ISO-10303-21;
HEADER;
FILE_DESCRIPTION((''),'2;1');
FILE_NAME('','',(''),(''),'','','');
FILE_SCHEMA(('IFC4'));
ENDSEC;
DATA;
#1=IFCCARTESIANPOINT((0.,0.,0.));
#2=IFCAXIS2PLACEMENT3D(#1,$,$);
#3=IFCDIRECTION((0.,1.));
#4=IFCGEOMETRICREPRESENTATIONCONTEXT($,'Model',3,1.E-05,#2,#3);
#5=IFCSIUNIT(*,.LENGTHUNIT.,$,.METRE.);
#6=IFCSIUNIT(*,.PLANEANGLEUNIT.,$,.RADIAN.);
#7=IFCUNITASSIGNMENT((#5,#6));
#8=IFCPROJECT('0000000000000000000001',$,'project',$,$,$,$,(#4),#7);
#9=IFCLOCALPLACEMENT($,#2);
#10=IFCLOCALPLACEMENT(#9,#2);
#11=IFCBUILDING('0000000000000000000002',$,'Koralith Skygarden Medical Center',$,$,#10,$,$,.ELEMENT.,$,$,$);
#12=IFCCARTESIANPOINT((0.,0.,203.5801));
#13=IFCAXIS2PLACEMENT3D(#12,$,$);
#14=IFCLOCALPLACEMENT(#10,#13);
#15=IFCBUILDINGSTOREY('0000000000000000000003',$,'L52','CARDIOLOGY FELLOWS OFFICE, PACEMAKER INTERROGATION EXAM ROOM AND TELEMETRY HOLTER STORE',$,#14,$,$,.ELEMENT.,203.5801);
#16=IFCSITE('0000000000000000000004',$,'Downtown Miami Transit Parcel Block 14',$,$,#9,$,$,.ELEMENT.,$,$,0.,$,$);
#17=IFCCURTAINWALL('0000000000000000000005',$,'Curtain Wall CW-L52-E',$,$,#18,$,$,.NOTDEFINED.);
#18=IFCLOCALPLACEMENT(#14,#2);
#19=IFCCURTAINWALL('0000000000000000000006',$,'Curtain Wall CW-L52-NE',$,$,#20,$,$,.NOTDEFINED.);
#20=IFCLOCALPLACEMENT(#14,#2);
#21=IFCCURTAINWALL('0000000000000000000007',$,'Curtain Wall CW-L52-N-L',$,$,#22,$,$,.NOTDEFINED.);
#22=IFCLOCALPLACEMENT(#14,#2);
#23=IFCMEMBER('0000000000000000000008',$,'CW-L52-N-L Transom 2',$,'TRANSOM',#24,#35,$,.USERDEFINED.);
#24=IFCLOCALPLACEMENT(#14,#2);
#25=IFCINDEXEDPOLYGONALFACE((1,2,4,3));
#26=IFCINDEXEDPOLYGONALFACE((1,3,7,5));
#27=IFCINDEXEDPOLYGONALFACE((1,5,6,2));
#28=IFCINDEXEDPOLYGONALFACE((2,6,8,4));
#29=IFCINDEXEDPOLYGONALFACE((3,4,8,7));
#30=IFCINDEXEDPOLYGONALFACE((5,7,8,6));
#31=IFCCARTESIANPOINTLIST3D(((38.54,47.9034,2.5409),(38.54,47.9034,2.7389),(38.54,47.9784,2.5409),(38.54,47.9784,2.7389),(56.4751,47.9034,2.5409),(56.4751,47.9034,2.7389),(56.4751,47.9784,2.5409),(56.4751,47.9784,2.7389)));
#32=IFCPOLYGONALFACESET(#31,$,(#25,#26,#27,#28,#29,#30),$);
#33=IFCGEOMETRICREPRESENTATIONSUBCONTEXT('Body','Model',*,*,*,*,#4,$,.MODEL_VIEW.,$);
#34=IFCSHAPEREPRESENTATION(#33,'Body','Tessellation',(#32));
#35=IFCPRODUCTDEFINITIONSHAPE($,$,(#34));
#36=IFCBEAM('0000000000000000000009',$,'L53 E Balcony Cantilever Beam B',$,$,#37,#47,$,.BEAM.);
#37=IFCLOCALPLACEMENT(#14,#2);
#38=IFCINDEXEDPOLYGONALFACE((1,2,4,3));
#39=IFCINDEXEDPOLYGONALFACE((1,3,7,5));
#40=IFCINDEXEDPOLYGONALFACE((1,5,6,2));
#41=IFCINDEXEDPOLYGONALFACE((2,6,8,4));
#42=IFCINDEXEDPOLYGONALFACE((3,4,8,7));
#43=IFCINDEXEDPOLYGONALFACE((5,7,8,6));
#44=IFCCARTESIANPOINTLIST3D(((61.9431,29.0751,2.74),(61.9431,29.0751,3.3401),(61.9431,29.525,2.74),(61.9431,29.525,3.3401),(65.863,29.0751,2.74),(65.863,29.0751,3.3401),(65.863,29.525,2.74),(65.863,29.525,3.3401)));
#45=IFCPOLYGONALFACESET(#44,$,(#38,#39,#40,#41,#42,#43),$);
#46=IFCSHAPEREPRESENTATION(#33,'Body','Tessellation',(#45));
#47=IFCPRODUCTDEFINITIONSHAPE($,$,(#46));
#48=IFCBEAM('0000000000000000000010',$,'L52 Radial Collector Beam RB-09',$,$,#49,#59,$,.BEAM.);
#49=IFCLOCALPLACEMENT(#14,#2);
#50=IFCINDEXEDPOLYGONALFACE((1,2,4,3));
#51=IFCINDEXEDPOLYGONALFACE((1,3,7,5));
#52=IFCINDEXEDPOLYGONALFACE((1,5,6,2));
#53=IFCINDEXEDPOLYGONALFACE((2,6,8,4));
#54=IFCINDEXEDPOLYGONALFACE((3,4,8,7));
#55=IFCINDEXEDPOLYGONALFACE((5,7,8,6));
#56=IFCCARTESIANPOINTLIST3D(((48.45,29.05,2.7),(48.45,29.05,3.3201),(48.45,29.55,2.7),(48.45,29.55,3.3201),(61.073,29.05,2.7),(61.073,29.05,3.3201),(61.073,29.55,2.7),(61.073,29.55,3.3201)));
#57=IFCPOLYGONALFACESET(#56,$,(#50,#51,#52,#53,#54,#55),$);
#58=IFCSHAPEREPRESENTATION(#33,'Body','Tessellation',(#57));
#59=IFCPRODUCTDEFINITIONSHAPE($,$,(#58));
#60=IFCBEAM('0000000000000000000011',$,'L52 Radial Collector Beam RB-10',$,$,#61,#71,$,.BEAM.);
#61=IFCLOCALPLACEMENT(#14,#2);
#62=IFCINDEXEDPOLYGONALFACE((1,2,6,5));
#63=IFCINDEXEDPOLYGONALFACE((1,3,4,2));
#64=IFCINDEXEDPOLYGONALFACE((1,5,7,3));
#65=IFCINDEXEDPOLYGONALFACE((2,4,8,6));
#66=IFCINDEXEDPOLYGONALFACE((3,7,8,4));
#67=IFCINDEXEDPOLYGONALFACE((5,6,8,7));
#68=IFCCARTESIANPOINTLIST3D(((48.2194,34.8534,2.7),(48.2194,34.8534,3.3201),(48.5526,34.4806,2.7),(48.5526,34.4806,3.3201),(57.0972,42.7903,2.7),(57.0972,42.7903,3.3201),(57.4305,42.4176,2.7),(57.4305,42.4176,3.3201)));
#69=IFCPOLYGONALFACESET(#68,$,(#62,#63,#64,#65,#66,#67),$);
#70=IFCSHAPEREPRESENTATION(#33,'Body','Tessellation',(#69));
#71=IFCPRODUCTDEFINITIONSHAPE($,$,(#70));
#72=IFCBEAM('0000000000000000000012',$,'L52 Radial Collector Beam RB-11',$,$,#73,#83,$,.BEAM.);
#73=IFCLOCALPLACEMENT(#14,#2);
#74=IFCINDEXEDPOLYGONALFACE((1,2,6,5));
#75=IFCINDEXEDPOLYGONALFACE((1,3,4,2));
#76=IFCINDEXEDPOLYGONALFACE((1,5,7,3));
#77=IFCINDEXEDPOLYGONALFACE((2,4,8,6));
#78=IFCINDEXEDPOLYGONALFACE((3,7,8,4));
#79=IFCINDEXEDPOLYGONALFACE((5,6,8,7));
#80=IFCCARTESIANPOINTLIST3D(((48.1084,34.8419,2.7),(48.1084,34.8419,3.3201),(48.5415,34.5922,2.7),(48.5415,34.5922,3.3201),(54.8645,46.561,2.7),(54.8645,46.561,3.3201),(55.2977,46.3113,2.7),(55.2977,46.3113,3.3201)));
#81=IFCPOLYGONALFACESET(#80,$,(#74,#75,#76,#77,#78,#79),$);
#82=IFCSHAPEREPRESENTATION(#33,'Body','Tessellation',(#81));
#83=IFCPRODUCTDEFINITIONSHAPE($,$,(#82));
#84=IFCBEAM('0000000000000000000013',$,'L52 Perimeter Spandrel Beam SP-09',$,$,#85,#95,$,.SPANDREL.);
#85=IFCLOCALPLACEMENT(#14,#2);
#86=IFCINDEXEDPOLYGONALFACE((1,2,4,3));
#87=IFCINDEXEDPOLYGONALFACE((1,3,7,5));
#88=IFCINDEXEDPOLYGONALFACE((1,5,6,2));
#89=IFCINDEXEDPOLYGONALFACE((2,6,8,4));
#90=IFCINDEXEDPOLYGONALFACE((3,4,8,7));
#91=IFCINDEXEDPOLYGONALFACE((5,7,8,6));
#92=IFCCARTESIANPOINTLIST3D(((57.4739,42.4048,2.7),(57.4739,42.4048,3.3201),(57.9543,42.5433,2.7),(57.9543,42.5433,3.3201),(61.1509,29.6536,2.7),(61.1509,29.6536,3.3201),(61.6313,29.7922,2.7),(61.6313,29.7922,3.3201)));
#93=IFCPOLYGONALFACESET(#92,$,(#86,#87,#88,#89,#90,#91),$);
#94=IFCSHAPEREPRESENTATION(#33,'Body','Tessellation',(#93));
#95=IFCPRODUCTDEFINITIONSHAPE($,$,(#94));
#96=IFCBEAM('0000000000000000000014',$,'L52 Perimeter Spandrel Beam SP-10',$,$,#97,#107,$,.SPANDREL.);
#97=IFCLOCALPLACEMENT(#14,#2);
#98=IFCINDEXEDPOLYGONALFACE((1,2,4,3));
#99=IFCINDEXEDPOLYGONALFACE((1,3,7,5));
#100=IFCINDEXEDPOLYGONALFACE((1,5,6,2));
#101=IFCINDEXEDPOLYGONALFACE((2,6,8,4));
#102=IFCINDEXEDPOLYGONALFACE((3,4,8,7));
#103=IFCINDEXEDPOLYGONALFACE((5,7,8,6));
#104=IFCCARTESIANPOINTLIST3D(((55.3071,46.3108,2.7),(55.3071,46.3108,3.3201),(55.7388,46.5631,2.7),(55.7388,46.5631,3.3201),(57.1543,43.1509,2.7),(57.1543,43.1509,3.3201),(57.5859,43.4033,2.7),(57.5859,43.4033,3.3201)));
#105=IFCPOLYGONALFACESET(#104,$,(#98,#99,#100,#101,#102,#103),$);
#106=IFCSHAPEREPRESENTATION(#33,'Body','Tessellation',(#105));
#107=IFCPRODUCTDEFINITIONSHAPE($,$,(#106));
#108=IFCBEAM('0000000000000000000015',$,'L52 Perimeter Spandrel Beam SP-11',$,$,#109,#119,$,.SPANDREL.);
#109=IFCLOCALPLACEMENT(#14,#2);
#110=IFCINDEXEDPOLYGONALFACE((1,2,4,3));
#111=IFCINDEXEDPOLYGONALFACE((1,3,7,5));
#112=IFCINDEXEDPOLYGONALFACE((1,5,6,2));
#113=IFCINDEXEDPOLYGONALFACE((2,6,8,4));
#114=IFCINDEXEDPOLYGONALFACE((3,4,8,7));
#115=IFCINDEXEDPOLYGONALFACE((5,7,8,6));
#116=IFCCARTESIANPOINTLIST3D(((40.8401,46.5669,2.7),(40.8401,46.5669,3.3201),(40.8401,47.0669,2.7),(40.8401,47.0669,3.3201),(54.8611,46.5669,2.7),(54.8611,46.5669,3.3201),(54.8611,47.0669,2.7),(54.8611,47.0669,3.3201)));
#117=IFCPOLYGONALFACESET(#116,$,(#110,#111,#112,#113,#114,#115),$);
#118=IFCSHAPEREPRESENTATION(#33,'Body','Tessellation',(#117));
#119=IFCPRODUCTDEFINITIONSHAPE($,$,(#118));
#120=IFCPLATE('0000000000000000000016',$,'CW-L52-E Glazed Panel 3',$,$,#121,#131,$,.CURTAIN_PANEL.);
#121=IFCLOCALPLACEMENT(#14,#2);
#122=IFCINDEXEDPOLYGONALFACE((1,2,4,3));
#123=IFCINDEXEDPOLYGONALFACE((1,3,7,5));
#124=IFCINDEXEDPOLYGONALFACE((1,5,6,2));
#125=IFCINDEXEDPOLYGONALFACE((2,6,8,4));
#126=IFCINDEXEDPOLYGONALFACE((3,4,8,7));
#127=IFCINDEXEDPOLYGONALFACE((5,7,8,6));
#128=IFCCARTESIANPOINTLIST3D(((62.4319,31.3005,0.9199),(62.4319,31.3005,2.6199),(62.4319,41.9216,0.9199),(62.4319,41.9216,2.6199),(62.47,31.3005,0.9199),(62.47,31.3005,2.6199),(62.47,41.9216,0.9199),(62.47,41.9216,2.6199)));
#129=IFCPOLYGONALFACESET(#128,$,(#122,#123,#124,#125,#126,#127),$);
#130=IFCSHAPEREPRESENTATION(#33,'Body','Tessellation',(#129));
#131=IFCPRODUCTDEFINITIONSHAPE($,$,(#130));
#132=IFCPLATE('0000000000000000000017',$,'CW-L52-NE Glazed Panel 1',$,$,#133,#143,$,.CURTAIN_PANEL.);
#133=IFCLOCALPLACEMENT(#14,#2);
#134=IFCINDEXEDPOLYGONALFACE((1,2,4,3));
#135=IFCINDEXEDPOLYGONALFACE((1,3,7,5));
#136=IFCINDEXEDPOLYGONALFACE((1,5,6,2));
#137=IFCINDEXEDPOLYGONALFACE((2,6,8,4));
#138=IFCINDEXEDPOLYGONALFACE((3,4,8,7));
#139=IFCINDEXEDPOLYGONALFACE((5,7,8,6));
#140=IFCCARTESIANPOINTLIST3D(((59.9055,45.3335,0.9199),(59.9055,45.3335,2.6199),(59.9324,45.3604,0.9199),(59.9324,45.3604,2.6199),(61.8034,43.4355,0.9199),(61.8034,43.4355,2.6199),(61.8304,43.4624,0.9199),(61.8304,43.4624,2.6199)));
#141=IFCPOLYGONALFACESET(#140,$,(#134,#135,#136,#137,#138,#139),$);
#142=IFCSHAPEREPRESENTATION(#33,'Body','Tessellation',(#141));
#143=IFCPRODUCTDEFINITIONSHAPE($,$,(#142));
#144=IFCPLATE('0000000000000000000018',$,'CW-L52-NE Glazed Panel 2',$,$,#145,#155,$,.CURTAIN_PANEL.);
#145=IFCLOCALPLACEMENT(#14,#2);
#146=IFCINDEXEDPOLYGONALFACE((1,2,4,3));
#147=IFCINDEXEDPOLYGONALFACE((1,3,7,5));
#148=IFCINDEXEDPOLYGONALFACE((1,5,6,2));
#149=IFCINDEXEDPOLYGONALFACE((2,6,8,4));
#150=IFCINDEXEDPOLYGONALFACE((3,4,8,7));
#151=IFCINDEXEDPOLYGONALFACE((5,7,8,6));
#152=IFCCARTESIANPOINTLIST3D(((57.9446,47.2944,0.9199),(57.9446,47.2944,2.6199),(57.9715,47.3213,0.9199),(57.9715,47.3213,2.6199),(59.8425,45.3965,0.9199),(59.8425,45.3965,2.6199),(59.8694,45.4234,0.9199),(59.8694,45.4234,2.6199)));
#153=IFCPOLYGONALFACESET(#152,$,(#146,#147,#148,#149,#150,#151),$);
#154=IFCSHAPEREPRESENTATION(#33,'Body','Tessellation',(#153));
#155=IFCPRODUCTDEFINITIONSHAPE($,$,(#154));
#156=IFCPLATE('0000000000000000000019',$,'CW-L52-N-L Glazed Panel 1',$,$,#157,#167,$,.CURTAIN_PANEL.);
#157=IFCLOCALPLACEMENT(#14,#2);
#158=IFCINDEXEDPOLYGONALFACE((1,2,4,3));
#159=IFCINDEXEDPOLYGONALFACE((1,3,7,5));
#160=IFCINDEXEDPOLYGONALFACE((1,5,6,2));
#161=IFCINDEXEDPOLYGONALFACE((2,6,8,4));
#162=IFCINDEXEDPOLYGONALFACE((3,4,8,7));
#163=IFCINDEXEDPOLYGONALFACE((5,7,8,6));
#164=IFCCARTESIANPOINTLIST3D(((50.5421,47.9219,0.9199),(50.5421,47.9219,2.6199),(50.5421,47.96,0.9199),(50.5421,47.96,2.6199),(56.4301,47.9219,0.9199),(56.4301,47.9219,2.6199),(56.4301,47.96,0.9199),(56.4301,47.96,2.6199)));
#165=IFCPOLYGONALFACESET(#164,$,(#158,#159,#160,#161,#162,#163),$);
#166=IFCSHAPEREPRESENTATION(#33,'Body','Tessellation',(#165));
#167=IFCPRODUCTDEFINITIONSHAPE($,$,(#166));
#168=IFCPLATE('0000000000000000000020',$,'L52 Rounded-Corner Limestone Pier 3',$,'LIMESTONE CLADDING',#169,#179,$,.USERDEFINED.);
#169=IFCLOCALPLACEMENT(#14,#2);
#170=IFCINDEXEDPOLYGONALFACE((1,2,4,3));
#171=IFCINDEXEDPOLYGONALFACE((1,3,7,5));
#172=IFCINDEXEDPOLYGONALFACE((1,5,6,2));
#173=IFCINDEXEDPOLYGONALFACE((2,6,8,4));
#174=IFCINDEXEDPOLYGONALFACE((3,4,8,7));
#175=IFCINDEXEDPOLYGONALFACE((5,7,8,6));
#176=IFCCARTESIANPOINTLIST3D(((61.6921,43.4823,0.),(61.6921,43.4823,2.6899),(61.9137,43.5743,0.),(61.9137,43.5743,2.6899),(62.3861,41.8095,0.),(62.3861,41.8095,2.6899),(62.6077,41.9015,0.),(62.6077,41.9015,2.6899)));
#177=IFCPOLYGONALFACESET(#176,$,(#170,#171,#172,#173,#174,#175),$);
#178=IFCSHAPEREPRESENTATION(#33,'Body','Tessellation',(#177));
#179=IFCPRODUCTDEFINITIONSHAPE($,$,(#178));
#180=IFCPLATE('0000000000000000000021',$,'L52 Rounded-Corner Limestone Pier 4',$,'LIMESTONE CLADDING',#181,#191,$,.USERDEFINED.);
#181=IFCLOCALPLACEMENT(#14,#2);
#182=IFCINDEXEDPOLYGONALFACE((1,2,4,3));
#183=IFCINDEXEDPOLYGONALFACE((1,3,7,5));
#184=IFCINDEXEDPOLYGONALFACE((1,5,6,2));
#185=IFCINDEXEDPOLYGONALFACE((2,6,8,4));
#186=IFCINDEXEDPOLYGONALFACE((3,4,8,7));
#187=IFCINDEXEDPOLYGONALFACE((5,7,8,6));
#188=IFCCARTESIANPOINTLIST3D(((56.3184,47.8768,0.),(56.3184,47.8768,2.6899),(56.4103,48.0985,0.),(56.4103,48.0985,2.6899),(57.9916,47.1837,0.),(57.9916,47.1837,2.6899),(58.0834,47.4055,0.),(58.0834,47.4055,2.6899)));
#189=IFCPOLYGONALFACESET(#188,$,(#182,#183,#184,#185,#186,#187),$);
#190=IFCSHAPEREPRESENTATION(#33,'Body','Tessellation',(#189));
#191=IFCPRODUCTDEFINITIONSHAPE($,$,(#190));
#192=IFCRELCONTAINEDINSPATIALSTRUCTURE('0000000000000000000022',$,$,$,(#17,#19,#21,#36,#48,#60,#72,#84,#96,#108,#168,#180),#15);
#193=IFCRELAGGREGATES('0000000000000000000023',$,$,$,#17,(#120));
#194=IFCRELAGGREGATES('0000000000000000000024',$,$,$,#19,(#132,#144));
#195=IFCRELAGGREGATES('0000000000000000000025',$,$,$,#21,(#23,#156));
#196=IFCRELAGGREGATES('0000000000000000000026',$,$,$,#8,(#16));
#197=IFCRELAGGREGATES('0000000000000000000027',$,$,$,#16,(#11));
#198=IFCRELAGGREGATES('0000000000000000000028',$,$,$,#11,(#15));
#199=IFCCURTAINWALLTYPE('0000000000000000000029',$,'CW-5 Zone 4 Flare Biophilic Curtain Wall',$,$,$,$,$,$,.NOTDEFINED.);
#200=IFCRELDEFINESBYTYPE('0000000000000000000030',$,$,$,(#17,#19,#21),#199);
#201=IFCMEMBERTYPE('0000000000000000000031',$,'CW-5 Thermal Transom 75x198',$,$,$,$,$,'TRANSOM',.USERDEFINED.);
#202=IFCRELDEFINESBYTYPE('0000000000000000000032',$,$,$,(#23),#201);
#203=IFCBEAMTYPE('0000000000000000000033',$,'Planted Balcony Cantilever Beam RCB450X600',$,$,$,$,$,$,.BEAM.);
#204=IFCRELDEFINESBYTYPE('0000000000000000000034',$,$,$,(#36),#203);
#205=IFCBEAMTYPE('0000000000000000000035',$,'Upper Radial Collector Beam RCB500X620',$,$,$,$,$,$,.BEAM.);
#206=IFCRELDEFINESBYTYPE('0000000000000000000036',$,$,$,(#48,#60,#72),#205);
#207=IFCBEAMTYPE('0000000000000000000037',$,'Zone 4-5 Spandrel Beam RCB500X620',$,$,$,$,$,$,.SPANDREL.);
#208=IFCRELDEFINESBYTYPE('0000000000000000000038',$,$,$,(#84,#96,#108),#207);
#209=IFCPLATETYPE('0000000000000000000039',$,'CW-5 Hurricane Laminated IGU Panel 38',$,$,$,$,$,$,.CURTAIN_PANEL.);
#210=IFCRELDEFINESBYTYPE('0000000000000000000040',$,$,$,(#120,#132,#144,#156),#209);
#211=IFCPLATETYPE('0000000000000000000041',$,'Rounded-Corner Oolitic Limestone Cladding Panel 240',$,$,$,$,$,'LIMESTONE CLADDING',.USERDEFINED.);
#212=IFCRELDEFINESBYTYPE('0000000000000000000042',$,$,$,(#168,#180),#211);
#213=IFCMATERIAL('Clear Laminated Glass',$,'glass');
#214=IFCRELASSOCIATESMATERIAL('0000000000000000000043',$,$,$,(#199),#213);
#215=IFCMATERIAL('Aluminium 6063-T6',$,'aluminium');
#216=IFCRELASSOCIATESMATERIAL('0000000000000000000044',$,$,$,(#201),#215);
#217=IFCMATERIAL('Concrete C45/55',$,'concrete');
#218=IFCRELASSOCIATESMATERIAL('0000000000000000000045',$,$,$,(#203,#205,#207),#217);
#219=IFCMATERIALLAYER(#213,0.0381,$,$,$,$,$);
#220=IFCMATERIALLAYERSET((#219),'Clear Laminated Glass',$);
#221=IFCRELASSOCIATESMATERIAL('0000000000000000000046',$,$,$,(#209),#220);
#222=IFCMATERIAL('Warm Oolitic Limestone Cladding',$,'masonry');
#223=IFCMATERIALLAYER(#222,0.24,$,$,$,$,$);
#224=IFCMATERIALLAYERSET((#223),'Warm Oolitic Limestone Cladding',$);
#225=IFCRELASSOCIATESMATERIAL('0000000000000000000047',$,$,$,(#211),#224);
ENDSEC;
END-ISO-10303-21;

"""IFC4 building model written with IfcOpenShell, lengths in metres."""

from ifc_helpers import new_model, si_unit, direction, frame, origin, origin_2d, place, context, subcontext, project, spatial, rectangle, extrude, material, layer, layer_set, material_profile, profile_set, type_object, element, aggregate, save


model = new_model("IFC4")

# Units and contexts
model_context = context("Model", 3, precision=1e-05, world=origin(), true_north=direction((0.0, 1.0)))
body_context = subcontext(model_context, "Body", "Model", "MODEL_VIEW")
ifc_project = project(units=[si_unit("LENGTHUNIT", "METRE"), si_unit("PLANEANGLEUNIT", "RADIAN")], contexts=[model_context])

# Site, building, storey
site_placement = place(None, origin())
site = spatial("IfcSite", under=ifc_project, at=site_placement, Name="Downtown Miami Transit Parcel Block 14", CompositionType="ELEMENT", RefElevation=0.0)
building_placement = place(site_placement, origin())
building = spatial("IfcBuilding", under=site, at=building_placement, Name="Koralith Skygarden Medical Center", CompositionType="ELEMENT")
storey_placement = place(building_placement, frame((0.0, 0.0, 203.5801)))
storey = spatial("IfcBuildingStorey", under=building, at=storey_placement, Name="L52", Description="CARDIOLOGY FELLOWS OFFICE, PACEMAKER INTERROGATION EXAM ROOM AND TELEMETRY HOLTER STORE", CompositionType="ELEMENT", Elevation=203.5801)

# Curtain walls
ifc_material_1 = material(Name="Clear Laminated Glass", Category="glass")
curtain_wall_type = type_object("IfcCurtainWallType", Name="CW-5 Zone 4 Flare Biophilic Curtain Wall", PredefinedType="NOTDEFINED", material=ifc_material_1)
curtain_wall_1_placement = place(storey_placement, origin())
curtain_wall_1 = element("IfcCurtainWall", 1, at=curtain_wall_1_placement, inside=storey, type_object=curtain_wall_type, Name="Curtain Wall CW-L52-E", PredefinedType="NOTDEFINED")
ifc_material_2 = material(Name="Aluminium 6063-T6", Category="aluminium")
curtain_wall_2_placement = place(storey_placement, origin())
curtain_wall_2 = element("IfcCurtainWall", 2, at=curtain_wall_2_placement, inside=storey, type_object=curtain_wall_type, Name="Curtain Wall CW-L52-NE", PredefinedType="NOTDEFINED")
curtain_wall_3_placement = place(storey_placement, origin())
curtain_wall_3 = element("IfcCurtainWall", 3, at=curtain_wall_3_placement, inside=storey, type_object=curtain_wall_type, Name="Curtain Wall CW-L52-N-L", PredefinedType="NOTDEFINED")

# Member
ifc_material_profile_1 = material_profile(ifc_material_2, rectangle(XDim=0.075, YDim=0.198, at=origin_2d()), Name="TRN75X198")
ifc_profile_set_1 = profile_set([ifc_material_profile_1], Name="Aluminium 6063-T6")
member_type_1 = type_object("IfcMemberType", Name="CW-5 Thermal Transom 75x198", ElementType="TRANSOM", PredefinedType="USERDEFINED", material=ifc_profile_set_1)
member_1_placement = place(storey_placement, frame((56.4751, 47.9409, 2.6399), z_axis=(-1.0, 0.0, 0.0), x_axis=(0.0, -1.0, 0.0)))
member_1 = element("IfcMember", 4, at=member_1_placement, type_object=member_type_1, Name="CW-L52-N-L Transom 2", ObjectType="TRANSOM", PredefinedType="USERDEFINED", context=body_context, shape_type="SweptSolid", body=[
    extrude(rectangle(XDim=0.075, YDim=0.198, at=origin_2d()), origin(), (0.0, 0.0, 1.0), 17.9351),
])

# Beams
ifc_material_3 = material(Name="Concrete C45/55", Category="concrete")
ifc_material_profile_2 = material_profile(ifc_material_3, rectangle(XDim=0.45, YDim=0.6001, at=origin_2d()), Name="RCB450X600")
ifc_profile_set_2 = profile_set([ifc_material_profile_2], Name="Concrete C45/55")
beam_type_1 = type_object("IfcBeamType", Name="Planted Balcony Cantilever Beam RCB450X600", PredefinedType="BEAM", material=ifc_profile_set_2)
beam_1_placement = place(storey_placement, frame((61.9431, 29.3, 3.04), z_axis=(1.0, 0.0, 0.0), x_axis=(0.0, 1.0, 0.0)))
element("IfcBeam", 5, at=beam_1_placement, inside=storey, type_object=beam_type_1, Name="L53 E Balcony Cantilever Beam B", PredefinedType="BEAM", context=body_context, shape_type="SweptSolid", body=[
    extrude(rectangle(XDim=0.45, YDim=0.6001, at=origin_2d()), origin(), (0.0, 0.0, 1.0), 3.9199),
])
ifc_material_profile_3 = material_profile(ifc_material_3, rectangle(XDim=0.5, YDim=0.6201, at=origin_2d()), Name="RCB500X620")
ifc_profile_set_3 = profile_set([ifc_material_profile_3], Name="Concrete C45/55")
beam_type_2 = type_object("IfcBeamType", Name="Upper Radial Collector Beam RCB500X620", PredefinedType="BEAM", material=ifc_profile_set_3)
beam_2_placement = place(storey_placement, frame((48.45, 29.3, 3.01), z_axis=(1.0, 0.0, 0.0), x_axis=(0.0, 1.0, 0.0)))
element("IfcBeam", 6, at=beam_2_placement, inside=storey, type_object=beam_type_2, Name="L52 Radial Collector Beam RB-09", PredefinedType="BEAM", context=body_context, shape_type="SweptSolid", body=[
    extrude(rectangle(XDim=0.5, YDim=0.6201, at=origin_2d()), origin(), (0.0, 0.0, 1.0), 12.623),
])
beam_3_placement = place(storey_placement, frame((48.386, 34.667, 3.01), z_axis=(0.745508, 0.666496, 0.0), x_axis=(-0.666496, 0.745508, 0.0)))
element("IfcBeam", 7, at=beam_3_placement, inside=storey, type_object=beam_type_2, Name="L52 Radial Collector Beam RB-10", PredefinedType="BEAM", context=body_context, shape_type="SweptSolid", body=[
    extrude(rectangle(XDim=0.5, YDim=0.6201, at=origin_2d()), origin(), (0.0, 0.0, 1.0), 11.9084),
])
beam_4_placement = place(storey_placement, frame((48.325, 34.717, 3.01), z_axis=(0.499453, 0.866341, 0.0), x_axis=(-0.866341, 0.499453, 0.0)))
element("IfcBeam", 8, at=beam_4_placement, inside=storey, type_object=beam_type_2, Name="L52 Radial Collector Beam RB-11", PredefinedType="BEAM", context=body_context, shape_type="SweptSolid", body=[
    extrude(rectangle(XDim=0.5, YDim=0.6201, at=origin_2d()), origin(), (0.0, 0.0, 1.0), 13.5271),
])
ifc_material_profile_4 = material_profile(ifc_material_3, rectangle(XDim=0.5, YDim=0.6201, at=origin_2d()), Name="RCB500X620")
ifc_profile_set_4 = profile_set([ifc_material_profile_4], Name="Concrete C45/55")
beam_type_3 = type_object("IfcBeamType", Name="Zone 4-5 Spandrel Beam RCB500X620", PredefinedType="SPANDREL", material=ifc_profile_set_4)
beam_5_placement = place(storey_placement, frame((61.3911, 29.7229, 3.01), z_axis=(-0.277075, 0.960848, 0.0), x_axis=(-0.960848, -0.277075, 0.0)))
element("IfcBeam", 9, at=beam_5_placement, inside=storey, type_object=beam_type_3, Name="L52 Perimeter Spandrel Beam SP-09", PredefinedType="SPANDREL", context=body_context, shape_type="SweptSolid", body=[
    extrude(rectangle(XDim=0.5, YDim=0.6201, at=origin_2d()), origin(), (0.0, 0.0, 1.0), 13.2708),
])
beam_6_placement = place(storey_placement, frame((57.3701, 43.2771, 3.01), z_axis=(-0.504663, 0.863316, 0.0), x_axis=(-0.863316, -0.504663, 0.0)))
element("IfcBeam", 10, at=beam_6_placement, inside=storey, type_object=beam_type_3, Name="L52 Perimeter Spandrel Beam SP-10", PredefinedType="SPANDREL", context=body_context, shape_type="SweptSolid", body=[
    extrude(rectangle(XDim=0.5, YDim=0.6201, at=origin_2d()), origin(), (0.0, 0.0, 1.0), 3.6602),
])
beam_7_placement = place(storey_placement, frame((54.8611, 46.8169, 3.01), z_axis=(-1.0, 0.0, 0.0), x_axis=(0.0, -1.0, 0.0)))
element("IfcBeam", 11, at=beam_7_placement, inside=storey, type_object=beam_type_3, Name="L52 Perimeter Spandrel Beam SP-11", PredefinedType="SPANDREL", context=body_context, shape_type="SweptSolid", body=[
    extrude(rectangle(XDim=0.5, YDim=0.6201, at=origin_2d()), origin(), (0.0, 0.0, 1.0), 14.021),
])

# Plates
ifc_layer_1 = layer(ifc_material_1, 0.0381)
ifc_layer_set_1 = layer_set([ifc_layer_1], Name="Clear Laminated Glass")
plate_type_1 = type_object("IfcPlateType", Name="CW-5 Hurricane Laminated IGU Panel 38", PredefinedType="CURTAIN_PANEL", material=ifc_layer_set_1)
plate_1_placement = place(storey_placement, frame((62.4509, 36.6111, 0.9199), z_axis=(0.0, 0.0, 1.0), x_axis=(0.0, 1.0, 0.0)))
plate_1 = element("IfcPlate", 12, at=plate_1_placement, type_object=plate_type_1, Name="CW-L52-E Glazed Panel 3", PredefinedType="CURTAIN_PANEL", context=body_context, shape_type="SweptSolid", body=[
    extrude(rectangle(XDim=10.6211, YDim=0.0381, at=origin_2d()), origin(), (0.0, 0.0, 1.0), 1.7),
])
aggregate(curtain_wall_1, [plate_1])
plate_2_placement = place(storey_placement, frame((60.8679, 44.3979, 0.9199), z_axis=(0.0, 0.0, 1.0), x_axis=(-0.707107, 0.707107, 0.0)))
plate_2 = element("IfcPlate", 13, at=plate_2_placement, type_object=plate_type_1, Name="CW-L52-NE Glazed Panel 1", PredefinedType="CURTAIN_PANEL", context=body_context, shape_type="SweptSolid", body=[
    extrude(rectangle(XDim=2.6841, YDim=0.0381, at=origin_2d()), origin(), (0.0, 0.0, 1.0), 1.7),
])
plate_3_placement = place(storey_placement, frame((58.907, 46.3589, 0.9199), z_axis=(0.0, 0.0, 1.0), x_axis=(-0.707107, 0.707107, 0.0)))
plate_3 = element("IfcPlate", 14, at=plate_3_placement, type_object=plate_type_1, Name="CW-L52-NE Glazed Panel 2", PredefinedType="CURTAIN_PANEL", context=body_context, shape_type="SweptSolid", body=[
    extrude(rectangle(XDim=2.6841, YDim=0.0381, at=origin_2d()), origin(), (0.0, 0.0, 1.0), 1.7),
])
aggregate(curtain_wall_2, [plate_2, plate_3])
plate_4_placement = place(storey_placement, frame((53.4861, 47.9409, 0.9199), z_axis=(0.0, 0.0, 1.0), x_axis=(-1.0, 0.0, 0.0)))
plate_4 = element("IfcPlate", 15, at=plate_4_placement, type_object=plate_type_1, Name="CW-L52-N-L Glazed Panel 1", PredefinedType="CURTAIN_PANEL", context=body_context, shape_type="SweptSolid", body=[
    extrude(rectangle(XDim=5.8879, YDim=0.0381, at=origin_2d()), origin(), (0.0, 0.0, 1.0), 1.7),
])
aggregate(curtain_wall_3, [member_1, plate_4])

# Plates
ifc_material_4 = material(Name="Warm Oolitic Limestone Cladding", Category="masonry")
ifc_layer_2 = layer(ifc_material_4, 0.24)
ifc_layer_set_2 = layer_set([ifc_layer_2], Name="Warm Oolitic Limestone Cladding")
plate_type_2 = type_object("IfcPlateType", Name="Rounded-Corner Oolitic Limestone Cladding Panel 240", ElementType="LIMESTONE CLADDING", PredefinedType="USERDEFINED", material=ifc_layer_set_2)
for number, where, z_axis, x_axis, name in (
    (16, (62.1499, 42.6919, 0.0), (0.0, 0.0, 1.0), (-0.383214, 0.92366, 0.0), "L52 Rounded-Corner Limestone Pier 3"),
    (17, (57.2009, 47.6411, 0.0), (0.0, 0.0, 1.0), (-0.923885, 0.382671, 0.0), "L52 Rounded-Corner Limestone Pier 4"),
):
    element("IfcPlate", number, at=place(storey_placement, frame(where, z_axis=z_axis, x_axis=x_axis)), inside=storey, type_object=plate_type_2, Name=name, ObjectType="LIMESTONE CLADDING", PredefinedType="USERDEFINED", context=body_context, shape_type="SweptSolid", body=[
        extrude(rectangle(XDim=1.811, YDim=0.24, at=origin_2d()), origin(), (0.0, 0.0, 1.0), 2.6899),
    ])

save(model, "model.ifc")
